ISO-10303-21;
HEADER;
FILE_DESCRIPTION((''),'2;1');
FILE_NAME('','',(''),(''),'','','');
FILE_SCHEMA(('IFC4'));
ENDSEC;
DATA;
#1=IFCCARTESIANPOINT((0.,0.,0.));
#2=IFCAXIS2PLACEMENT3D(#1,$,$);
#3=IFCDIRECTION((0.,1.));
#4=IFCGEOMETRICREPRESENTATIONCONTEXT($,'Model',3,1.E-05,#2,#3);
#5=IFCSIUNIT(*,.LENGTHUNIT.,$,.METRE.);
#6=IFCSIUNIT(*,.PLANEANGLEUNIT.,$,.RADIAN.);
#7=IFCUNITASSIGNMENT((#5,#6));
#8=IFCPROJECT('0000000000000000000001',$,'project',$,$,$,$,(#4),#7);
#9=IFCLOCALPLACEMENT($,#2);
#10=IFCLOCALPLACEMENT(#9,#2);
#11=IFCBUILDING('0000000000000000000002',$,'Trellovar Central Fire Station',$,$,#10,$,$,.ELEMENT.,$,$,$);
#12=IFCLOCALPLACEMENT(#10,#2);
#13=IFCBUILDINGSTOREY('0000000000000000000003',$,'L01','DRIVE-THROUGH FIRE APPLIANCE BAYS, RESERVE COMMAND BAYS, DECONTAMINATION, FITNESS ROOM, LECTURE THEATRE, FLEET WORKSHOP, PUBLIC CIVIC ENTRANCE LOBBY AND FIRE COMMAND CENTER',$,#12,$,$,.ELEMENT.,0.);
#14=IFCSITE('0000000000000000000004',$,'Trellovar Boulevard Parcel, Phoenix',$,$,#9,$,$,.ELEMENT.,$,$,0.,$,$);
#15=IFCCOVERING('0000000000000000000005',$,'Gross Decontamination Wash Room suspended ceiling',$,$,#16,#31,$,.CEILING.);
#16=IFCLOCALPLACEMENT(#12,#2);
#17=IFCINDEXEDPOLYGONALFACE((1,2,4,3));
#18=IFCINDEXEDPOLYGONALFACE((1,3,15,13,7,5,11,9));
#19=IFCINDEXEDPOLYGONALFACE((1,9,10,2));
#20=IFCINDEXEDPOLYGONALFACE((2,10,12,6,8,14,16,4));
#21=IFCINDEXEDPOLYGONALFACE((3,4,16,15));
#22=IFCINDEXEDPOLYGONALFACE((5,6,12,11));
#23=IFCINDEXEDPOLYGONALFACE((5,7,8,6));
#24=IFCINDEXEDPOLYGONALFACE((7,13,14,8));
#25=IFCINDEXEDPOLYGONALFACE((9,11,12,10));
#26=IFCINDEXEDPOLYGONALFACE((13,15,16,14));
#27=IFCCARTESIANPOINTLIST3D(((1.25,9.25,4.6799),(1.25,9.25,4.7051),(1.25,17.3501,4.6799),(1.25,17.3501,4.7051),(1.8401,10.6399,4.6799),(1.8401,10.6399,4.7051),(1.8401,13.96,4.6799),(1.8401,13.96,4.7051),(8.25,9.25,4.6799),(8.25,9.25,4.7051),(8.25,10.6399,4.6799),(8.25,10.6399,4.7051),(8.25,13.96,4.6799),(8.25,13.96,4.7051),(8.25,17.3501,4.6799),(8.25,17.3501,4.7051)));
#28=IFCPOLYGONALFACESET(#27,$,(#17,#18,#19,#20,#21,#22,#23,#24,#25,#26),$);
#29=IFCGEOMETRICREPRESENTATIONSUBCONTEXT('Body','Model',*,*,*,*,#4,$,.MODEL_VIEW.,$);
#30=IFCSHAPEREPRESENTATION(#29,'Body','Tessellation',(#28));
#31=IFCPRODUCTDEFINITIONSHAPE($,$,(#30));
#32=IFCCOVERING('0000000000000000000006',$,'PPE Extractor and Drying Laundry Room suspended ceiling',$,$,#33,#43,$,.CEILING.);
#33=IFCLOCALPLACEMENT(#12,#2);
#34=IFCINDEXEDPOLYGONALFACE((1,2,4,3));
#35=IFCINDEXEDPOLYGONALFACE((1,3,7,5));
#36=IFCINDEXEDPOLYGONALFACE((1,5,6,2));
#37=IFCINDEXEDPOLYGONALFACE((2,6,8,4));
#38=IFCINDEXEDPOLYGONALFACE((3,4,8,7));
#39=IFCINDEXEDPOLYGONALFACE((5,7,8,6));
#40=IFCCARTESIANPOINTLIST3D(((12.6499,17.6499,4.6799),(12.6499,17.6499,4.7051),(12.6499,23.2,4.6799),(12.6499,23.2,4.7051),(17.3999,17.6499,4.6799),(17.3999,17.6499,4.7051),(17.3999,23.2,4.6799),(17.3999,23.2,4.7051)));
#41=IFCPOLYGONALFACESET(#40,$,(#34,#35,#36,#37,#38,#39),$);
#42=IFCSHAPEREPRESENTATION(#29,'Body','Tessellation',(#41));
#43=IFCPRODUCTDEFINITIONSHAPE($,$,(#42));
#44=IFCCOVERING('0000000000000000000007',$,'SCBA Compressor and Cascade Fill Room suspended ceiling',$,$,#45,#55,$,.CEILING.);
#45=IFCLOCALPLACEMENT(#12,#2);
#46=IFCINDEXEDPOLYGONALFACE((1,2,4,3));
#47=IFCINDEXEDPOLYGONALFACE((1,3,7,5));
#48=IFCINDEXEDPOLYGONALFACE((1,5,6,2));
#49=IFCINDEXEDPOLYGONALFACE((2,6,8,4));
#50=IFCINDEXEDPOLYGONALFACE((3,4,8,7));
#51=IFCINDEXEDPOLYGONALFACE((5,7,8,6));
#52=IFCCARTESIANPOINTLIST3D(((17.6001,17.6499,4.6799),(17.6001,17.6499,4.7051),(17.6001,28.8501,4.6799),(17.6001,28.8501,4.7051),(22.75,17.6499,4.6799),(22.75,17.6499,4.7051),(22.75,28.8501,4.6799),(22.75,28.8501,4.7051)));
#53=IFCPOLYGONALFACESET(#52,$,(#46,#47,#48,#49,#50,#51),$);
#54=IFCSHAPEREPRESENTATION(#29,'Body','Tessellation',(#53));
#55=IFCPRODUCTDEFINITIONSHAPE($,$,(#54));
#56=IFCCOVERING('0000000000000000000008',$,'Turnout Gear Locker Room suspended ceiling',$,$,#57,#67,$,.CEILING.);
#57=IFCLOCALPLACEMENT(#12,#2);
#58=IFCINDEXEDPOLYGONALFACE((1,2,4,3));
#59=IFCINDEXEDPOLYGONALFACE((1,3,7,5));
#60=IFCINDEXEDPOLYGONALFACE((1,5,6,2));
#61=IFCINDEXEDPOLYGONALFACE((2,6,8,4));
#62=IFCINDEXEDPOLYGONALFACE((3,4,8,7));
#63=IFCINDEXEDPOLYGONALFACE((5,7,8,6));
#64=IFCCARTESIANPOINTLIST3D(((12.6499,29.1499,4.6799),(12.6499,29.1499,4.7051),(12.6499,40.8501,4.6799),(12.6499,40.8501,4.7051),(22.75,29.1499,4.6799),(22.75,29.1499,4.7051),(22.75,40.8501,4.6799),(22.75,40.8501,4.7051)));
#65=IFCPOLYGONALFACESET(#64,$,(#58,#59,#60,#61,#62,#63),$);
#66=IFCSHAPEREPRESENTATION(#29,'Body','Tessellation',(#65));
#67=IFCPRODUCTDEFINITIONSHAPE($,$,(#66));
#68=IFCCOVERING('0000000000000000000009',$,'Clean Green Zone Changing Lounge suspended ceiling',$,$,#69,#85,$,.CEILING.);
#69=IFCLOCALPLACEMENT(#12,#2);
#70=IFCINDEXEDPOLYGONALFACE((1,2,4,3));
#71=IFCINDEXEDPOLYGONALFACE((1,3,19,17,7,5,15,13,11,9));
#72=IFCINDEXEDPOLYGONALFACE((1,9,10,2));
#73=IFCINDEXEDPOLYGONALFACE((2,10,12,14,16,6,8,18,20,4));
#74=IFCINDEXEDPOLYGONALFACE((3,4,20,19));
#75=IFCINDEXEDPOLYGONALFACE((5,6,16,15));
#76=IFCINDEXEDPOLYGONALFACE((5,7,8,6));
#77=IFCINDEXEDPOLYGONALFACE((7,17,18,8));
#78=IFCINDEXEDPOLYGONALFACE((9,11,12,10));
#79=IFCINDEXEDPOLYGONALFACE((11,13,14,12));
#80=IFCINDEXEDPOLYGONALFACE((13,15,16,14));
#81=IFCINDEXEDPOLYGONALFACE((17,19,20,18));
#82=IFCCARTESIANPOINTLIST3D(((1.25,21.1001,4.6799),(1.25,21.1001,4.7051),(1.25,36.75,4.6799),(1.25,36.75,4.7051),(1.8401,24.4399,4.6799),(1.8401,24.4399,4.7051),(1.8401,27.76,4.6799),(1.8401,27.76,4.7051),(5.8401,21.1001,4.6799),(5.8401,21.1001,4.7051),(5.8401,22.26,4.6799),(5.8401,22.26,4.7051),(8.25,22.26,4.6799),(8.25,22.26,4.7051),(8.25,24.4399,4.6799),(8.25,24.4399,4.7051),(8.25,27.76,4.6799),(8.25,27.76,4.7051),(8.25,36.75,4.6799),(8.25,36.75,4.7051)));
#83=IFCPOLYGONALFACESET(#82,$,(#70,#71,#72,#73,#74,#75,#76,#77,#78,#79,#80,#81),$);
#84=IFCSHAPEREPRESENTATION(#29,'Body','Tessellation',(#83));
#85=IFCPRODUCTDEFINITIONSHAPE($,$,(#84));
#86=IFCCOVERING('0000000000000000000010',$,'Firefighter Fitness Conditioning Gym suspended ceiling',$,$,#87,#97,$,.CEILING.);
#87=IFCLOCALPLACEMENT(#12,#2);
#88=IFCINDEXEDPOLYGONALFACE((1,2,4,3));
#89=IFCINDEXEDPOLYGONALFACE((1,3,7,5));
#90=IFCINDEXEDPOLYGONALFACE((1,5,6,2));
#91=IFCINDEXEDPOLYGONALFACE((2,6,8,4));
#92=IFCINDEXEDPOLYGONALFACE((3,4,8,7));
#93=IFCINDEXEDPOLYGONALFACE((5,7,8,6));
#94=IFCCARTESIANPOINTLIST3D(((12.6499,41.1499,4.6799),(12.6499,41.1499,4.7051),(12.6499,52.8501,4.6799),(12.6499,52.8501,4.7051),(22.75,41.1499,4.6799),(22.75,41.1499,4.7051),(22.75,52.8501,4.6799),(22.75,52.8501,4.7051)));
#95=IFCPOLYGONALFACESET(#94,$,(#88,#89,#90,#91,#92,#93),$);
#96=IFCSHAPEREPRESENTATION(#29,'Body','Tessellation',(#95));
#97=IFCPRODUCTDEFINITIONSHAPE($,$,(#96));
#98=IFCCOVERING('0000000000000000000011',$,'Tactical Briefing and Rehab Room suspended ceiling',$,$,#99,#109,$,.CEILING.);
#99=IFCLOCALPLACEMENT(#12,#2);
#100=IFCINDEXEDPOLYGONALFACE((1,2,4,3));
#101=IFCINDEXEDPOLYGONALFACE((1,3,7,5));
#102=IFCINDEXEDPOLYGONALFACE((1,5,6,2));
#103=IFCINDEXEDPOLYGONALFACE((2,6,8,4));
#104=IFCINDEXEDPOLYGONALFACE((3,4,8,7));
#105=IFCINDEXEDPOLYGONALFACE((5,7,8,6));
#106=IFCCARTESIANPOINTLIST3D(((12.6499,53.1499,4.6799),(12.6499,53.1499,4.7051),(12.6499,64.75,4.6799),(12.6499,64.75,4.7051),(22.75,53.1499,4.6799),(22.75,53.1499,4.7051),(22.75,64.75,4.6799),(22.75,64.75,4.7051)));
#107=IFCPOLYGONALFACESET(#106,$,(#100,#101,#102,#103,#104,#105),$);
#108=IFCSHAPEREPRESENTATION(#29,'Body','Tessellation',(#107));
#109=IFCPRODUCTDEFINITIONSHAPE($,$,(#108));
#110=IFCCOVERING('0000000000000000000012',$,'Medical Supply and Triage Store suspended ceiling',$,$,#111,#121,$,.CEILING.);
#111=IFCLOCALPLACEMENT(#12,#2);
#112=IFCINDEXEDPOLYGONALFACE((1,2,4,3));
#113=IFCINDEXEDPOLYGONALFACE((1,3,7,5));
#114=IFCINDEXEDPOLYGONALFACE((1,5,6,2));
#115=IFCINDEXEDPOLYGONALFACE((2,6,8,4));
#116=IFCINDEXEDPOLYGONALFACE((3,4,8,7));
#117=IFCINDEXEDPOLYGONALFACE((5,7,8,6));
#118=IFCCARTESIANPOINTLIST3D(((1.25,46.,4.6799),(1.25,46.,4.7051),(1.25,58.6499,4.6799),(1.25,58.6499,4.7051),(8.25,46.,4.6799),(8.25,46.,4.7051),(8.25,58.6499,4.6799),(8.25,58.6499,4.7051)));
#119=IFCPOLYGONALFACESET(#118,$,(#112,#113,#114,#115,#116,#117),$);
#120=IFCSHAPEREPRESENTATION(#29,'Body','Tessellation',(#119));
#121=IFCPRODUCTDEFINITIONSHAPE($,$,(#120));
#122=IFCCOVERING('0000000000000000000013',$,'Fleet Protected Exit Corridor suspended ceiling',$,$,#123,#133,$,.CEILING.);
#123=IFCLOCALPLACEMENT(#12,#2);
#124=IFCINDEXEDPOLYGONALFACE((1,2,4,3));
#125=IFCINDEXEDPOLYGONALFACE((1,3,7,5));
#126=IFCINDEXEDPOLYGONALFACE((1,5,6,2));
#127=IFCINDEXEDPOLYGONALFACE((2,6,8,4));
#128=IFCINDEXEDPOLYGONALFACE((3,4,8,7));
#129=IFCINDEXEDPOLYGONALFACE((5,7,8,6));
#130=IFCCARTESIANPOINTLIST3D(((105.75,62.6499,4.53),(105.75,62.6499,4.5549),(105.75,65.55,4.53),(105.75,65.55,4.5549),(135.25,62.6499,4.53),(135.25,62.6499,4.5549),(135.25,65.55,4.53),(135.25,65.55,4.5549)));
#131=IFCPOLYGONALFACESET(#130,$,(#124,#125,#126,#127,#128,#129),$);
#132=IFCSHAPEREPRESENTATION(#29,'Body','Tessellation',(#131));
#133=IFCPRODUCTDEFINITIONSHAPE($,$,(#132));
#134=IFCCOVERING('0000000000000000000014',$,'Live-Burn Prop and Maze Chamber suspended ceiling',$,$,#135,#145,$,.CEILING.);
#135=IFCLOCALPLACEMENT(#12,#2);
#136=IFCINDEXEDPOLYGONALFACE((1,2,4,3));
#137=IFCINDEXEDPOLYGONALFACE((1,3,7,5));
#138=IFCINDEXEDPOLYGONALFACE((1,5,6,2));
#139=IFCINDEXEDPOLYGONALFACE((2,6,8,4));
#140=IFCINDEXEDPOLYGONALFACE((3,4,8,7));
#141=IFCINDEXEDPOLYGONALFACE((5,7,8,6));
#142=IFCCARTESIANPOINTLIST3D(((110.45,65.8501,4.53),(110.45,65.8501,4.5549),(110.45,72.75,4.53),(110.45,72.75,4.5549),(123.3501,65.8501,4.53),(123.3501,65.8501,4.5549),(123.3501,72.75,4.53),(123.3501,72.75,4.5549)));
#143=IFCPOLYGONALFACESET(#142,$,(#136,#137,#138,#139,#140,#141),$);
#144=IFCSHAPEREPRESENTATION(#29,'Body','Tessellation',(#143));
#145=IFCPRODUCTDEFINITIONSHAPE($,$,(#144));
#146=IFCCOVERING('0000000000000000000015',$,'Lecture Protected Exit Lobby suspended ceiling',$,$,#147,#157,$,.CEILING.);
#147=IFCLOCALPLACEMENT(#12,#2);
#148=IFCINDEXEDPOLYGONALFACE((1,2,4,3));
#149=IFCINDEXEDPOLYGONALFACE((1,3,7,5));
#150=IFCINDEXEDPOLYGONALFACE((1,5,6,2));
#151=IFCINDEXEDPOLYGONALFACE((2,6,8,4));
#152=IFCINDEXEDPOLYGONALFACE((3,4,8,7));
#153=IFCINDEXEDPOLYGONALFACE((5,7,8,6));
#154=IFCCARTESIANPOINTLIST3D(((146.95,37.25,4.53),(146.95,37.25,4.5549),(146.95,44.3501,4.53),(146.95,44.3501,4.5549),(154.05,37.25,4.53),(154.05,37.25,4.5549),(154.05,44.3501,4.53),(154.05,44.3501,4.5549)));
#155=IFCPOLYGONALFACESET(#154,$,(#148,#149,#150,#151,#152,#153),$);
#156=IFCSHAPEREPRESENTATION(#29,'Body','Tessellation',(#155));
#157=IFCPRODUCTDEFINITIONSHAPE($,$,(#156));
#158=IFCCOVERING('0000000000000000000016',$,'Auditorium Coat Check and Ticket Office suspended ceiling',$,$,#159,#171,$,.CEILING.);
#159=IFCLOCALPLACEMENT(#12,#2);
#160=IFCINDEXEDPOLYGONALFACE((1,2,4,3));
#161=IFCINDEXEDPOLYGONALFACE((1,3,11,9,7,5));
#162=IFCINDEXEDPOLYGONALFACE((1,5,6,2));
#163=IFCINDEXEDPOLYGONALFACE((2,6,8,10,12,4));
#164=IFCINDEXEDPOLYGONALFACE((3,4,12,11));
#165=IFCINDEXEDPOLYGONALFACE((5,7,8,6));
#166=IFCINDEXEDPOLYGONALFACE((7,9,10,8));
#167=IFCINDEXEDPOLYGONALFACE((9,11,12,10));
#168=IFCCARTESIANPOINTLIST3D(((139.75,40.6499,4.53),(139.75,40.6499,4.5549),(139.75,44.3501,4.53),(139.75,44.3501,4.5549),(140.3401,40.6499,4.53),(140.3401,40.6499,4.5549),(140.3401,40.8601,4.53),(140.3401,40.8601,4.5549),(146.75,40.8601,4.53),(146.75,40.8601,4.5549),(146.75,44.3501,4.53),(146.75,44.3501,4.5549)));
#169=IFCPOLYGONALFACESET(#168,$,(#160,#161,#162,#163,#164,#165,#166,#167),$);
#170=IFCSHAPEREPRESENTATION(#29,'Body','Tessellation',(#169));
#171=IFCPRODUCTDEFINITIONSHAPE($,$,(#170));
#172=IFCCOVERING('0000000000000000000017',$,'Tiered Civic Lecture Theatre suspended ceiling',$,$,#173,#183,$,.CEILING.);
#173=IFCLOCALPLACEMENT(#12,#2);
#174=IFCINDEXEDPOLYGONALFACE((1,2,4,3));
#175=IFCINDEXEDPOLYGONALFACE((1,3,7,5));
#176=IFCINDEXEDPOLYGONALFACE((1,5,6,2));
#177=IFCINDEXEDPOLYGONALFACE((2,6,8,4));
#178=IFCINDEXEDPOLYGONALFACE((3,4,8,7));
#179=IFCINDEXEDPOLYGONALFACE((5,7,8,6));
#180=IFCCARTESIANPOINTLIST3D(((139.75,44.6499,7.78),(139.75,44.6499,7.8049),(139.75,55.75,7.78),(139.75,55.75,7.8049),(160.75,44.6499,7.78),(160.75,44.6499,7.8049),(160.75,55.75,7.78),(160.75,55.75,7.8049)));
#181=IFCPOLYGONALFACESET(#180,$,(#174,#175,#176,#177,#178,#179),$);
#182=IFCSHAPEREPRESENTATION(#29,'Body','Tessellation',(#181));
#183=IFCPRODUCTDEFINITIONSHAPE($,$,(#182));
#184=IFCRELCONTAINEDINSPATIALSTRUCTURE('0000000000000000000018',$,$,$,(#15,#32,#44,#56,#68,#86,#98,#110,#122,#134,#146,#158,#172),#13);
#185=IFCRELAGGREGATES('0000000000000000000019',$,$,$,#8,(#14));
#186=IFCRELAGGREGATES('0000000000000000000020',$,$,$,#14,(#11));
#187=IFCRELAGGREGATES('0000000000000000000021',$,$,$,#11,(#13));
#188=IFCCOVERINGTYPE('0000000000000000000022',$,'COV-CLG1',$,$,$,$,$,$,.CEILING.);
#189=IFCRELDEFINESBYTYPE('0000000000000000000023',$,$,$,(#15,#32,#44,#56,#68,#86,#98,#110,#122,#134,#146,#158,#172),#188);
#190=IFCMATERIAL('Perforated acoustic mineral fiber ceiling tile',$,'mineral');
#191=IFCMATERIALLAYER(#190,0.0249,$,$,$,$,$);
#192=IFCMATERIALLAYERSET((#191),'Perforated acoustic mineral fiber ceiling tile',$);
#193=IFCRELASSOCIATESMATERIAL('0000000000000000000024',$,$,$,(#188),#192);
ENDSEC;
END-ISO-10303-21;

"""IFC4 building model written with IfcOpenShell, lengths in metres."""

from ifc_helpers import new_model, si_unit, direction, frame, origin, place, context, subcontext, project, spatial, polyline, outline, extrude, material, layer, layer_set, type_object, element, save


model = new_model("IFC4")

# Units and contexts
model_context = context("Model", 3, precision=1e-05, world=origin(), true_north=direction((0.0, 1.0)))
body_context = subcontext(model_context, "Body", "Model", "MODEL_VIEW")
ifc_project = project(units=[si_unit("LENGTHUNIT", "METRE"), si_unit("PLANEANGLEUNIT", "RADIAN")], contexts=[model_context])

# Site, building, storey
site_placement = place(None, origin())
site = spatial("IfcSite", under=ifc_project, at=site_placement, Name="Trellovar Boulevard Parcel, Phoenix", CompositionType="ELEMENT", RefElevation=0.0)
building_placement = place(site_placement, origin())
building = spatial("IfcBuilding", under=site, at=building_placement, Name="Trellovar Central Fire Station", CompositionType="ELEMENT")
storey_placement = place(building_placement, origin())
storey = spatial("IfcBuildingStorey", under=building, at=storey_placement, Name="L01", Description="DRIVE-THROUGH FIRE APPLIANCE BAYS, RESERVE COMMAND BAYS, DECONTAMINATION, FITNESS ROOM, LECTURE THEATRE, FLEET WORKSHOP, PUBLIC CIVIC ENTRANCE LOBBY AND FIRE COMMAND CENTER", CompositionType="ELEMENT", Elevation=0.0)

# Coverings
ifc_material_1 = material(Name="Perforated acoustic mineral fiber ceiling tile", Category="mineral")
ifc_layer_1 = layer(ifc_material_1, 0.0249)
ifc_layer_set_1 = layer_set([ifc_layer_1], Name="Perforated acoustic mineral fiber ceiling tile")
covering_type_1 = type_object("IfcCoveringType", Name="COV-CLG1", PredefinedType="CEILING", material=ifc_layer_set_1)
covering_1_placement = place(storey_placement, frame((0.0, 0.0, 4.6799)))
element("IfcCovering", 1, at=covering_1_placement, inside=storey, type_object=covering_type_1, Name="Gross Decontamination Wash Room suspended ceiling", PredefinedType="CEILING", context=body_context, shape_type="SweptSolid", body=[
    extrude(outline(polyline([(8.25, 9.25), (1.25, 9.25), (1.25, 17.3501), (8.25, 17.3501), (8.25, 13.96), (1.8401, 13.96), (1.8401, 10.6399), (8.25, 10.6399), (8.25, 9.25)])), origin(), (0.0, 0.0, 1.0), 0.0251),
])
covering_2_placement = place(storey_placement, frame((0.0, 0.0, 4.6799)))
element("IfcCovering", 2, at=covering_2_placement, inside=storey, type_object=covering_type_1, Name="PPE Extractor and Drying Laundry Room suspended ceiling", PredefinedType="CEILING", context=body_context, shape_type="SweptSolid", body=[
    extrude(outline(polyline([(17.3999, 17.6499), (12.6499, 17.6499), (12.6499, 23.2), (17.3999, 23.2), (17.3999, 17.6499)])), origin(), (0.0, 0.0, 1.0), 0.0251),
])
covering_3_placement = place(storey_placement, frame((0.0, 0.0, 4.6799)))
element("IfcCovering", 3, at=covering_3_placement, inside=storey, type_object=covering_type_1, Name="SCBA Compressor and Cascade Fill Room suspended ceiling", PredefinedType="CEILING", context=body_context, shape_type="SweptSolid", body=[
    extrude(outline(polyline([(22.75, 17.6499), (17.6001, 17.6499), (17.6001, 28.8501), (22.75, 28.8501), (22.75, 17.6499)])), origin(), (0.0, 0.0, 1.0), 0.0251),
])
covering_4_placement = place(storey_placement, frame((0.0, 0.0, 4.6799)))
element("IfcCovering", 4, at=covering_4_placement, inside=storey, type_object=covering_type_1, Name="Turnout Gear Locker Room suspended ceiling", PredefinedType="CEILING", context=body_context, shape_type="SweptSolid", body=[
    extrude(outline(polyline([(22.75, 29.1499), (12.6499, 29.1499), (12.6499, 40.8501), (22.75, 40.8501), (22.75, 29.1499)])), origin(), (0.0, 0.0, 1.0), 0.0251),
])
covering_5_placement = place(storey_placement, frame((0.0, 0.0, 4.6799)))
element("IfcCovering", 5, at=covering_5_placement, inside=storey, type_object=covering_type_1, Name="Clean Green Zone Changing Lounge suspended ceiling", PredefinedType="CEILING", context=body_context, shape_type="SweptSolid", body=[
    extrude(outline(polyline([(8.25, 27.76), (1.8401, 27.76), (1.8401, 24.4399), (8.25, 24.4399), (8.25, 22.26), (5.8401, 22.26), (5.8401, 21.1001), (1.25, 21.1001), (1.25, 36.75), (8.25, 36.75), (8.25, 27.76)])), origin(), (0.0, 0.0, 1.0), 0.0251),
])
covering_6_placement = place(storey_placement, frame((0.0, 0.0, 4.6799)))
element("IfcCovering", 6, at=covering_6_placement, inside=storey, type_object=covering_type_1, Name="Firefighter Fitness Conditioning Gym suspended ceiling", PredefinedType="CEILING", context=body_context, shape_type="SweptSolid", body=[
    extrude(outline(polyline([(22.75, 41.1499), (12.6499, 41.1499), (12.6499, 52.8501), (22.75, 52.8501), (22.75, 41.1499)])), origin(), (0.0, 0.0, 1.0), 0.0251),
])
covering_7_placement = place(storey_placement, frame((0.0, 0.0, 4.6799)))
element("IfcCovering", 7, at=covering_7_placement, inside=storey, type_object=covering_type_1, Name="Tactical Briefing and Rehab Room suspended ceiling", PredefinedType="CEILING", context=body_context, shape_type="SweptSolid", body=[
    extrude(outline(polyline([(22.75, 53.1499), (12.6499, 53.1499), (12.6499, 64.75), (22.75, 64.75), (22.75, 53.1499)])), origin(), (0.0, 0.0, 1.0), 0.0251),
])
covering_8_placement = place(storey_placement, frame((0.0, 0.0, 4.6799)))
element("IfcCovering", 8, at=covering_8_placement, inside=storey, type_object=covering_type_1, Name="Medical Supply and Triage Store suspended ceiling", PredefinedType="CEILING", context=body_context, shape_type="SweptSolid", body=[
    extrude(outline(polyline([(8.25, 46.0), (1.25, 46.0), (1.25, 58.6499), (8.25, 58.6499), (8.25, 46.0)])), origin(), (0.0, 0.0, 1.0), 0.0251),
])
covering_9_placement = place(storey_placement, frame((0.0, 0.0, 4.53)))
element("IfcCovering", 9, at=covering_9_placement, inside=storey, type_object=covering_type_1, Name="Fleet Protected Exit Corridor suspended ceiling", PredefinedType="CEILING", context=body_context, shape_type="SweptSolid", body=[
    extrude(outline(polyline([(135.25, 62.6499), (105.75, 62.6499), (105.75, 65.55), (135.25, 65.55), (135.25, 62.6499)])), origin(), (0.0, 0.0, 1.0), 0.0249),
])
covering_10_placement = place(storey_placement, frame((0.0, 0.0, 4.53)))
element("IfcCovering", 10, at=covering_10_placement, inside=storey, type_object=covering_type_1, Name="Live-Burn Prop and Maze Chamber suspended ceiling", PredefinedType="CEILING", context=body_context, shape_type="SweptSolid", body=[
    extrude(outline(polyline([(123.3501, 65.8501), (110.45, 65.8501), (110.45, 72.75), (123.3501, 72.75), (123.3501, 65.8501)])), origin(), (0.0, 0.0, 1.0), 0.0249),
])
covering_11_placement = place(storey_placement, frame((0.0, 0.0, 4.53)))
element("IfcCovering", 11, at=covering_11_placement, inside=storey, type_object=covering_type_1, Name="Lecture Protected Exit Lobby suspended ceiling", PredefinedType="CEILING", context=body_context, shape_type="SweptSolid", body=[
    extrude(outline(polyline([(154.05, 37.25), (146.95, 37.25), (146.95, 44.3501), (154.05, 44.3501), (154.05, 37.25)])), origin(), (0.0, 0.0, 1.0), 0.0249),
])
covering_12_placement = place(storey_placement, frame((0.0, 0.0, 4.53)))
element("IfcCovering", 12, at=covering_12_placement, inside=storey, type_object=covering_type_1, Name="Auditorium Coat Check and Ticket Office suspended ceiling", PredefinedType="CEILING", context=body_context, shape_type="SweptSolid", body=[
    extrude(outline(polyline([(139.75, 44.3501), (146.75, 44.3501), (146.75, 40.8601), (140.3401, 40.8601), (140.3401, 40.6499), (139.75, 40.6499), (139.75, 44.3501)])), origin(), (0.0, 0.0, 1.0), 0.0249),
])
covering_13_placement = place(storey_placement, frame((0.0, 0.0, 7.78)))
element("IfcCovering", 13, at=covering_13_placement, inside=storey, type_object=covering_type_1, Name="Tiered Civic Lecture Theatre suspended ceiling", PredefinedType="CEILING", context=body_context, shape_type="SweptSolid", body=[
    extrude(outline(polyline([(160.75, 44.6499), (139.75, 44.6499), (139.75, 55.75), (160.75, 55.75), (160.75, 44.6499)])), origin(), (0.0, 0.0, 1.0), 0.0249),
])

save(model, "model.ifc")
